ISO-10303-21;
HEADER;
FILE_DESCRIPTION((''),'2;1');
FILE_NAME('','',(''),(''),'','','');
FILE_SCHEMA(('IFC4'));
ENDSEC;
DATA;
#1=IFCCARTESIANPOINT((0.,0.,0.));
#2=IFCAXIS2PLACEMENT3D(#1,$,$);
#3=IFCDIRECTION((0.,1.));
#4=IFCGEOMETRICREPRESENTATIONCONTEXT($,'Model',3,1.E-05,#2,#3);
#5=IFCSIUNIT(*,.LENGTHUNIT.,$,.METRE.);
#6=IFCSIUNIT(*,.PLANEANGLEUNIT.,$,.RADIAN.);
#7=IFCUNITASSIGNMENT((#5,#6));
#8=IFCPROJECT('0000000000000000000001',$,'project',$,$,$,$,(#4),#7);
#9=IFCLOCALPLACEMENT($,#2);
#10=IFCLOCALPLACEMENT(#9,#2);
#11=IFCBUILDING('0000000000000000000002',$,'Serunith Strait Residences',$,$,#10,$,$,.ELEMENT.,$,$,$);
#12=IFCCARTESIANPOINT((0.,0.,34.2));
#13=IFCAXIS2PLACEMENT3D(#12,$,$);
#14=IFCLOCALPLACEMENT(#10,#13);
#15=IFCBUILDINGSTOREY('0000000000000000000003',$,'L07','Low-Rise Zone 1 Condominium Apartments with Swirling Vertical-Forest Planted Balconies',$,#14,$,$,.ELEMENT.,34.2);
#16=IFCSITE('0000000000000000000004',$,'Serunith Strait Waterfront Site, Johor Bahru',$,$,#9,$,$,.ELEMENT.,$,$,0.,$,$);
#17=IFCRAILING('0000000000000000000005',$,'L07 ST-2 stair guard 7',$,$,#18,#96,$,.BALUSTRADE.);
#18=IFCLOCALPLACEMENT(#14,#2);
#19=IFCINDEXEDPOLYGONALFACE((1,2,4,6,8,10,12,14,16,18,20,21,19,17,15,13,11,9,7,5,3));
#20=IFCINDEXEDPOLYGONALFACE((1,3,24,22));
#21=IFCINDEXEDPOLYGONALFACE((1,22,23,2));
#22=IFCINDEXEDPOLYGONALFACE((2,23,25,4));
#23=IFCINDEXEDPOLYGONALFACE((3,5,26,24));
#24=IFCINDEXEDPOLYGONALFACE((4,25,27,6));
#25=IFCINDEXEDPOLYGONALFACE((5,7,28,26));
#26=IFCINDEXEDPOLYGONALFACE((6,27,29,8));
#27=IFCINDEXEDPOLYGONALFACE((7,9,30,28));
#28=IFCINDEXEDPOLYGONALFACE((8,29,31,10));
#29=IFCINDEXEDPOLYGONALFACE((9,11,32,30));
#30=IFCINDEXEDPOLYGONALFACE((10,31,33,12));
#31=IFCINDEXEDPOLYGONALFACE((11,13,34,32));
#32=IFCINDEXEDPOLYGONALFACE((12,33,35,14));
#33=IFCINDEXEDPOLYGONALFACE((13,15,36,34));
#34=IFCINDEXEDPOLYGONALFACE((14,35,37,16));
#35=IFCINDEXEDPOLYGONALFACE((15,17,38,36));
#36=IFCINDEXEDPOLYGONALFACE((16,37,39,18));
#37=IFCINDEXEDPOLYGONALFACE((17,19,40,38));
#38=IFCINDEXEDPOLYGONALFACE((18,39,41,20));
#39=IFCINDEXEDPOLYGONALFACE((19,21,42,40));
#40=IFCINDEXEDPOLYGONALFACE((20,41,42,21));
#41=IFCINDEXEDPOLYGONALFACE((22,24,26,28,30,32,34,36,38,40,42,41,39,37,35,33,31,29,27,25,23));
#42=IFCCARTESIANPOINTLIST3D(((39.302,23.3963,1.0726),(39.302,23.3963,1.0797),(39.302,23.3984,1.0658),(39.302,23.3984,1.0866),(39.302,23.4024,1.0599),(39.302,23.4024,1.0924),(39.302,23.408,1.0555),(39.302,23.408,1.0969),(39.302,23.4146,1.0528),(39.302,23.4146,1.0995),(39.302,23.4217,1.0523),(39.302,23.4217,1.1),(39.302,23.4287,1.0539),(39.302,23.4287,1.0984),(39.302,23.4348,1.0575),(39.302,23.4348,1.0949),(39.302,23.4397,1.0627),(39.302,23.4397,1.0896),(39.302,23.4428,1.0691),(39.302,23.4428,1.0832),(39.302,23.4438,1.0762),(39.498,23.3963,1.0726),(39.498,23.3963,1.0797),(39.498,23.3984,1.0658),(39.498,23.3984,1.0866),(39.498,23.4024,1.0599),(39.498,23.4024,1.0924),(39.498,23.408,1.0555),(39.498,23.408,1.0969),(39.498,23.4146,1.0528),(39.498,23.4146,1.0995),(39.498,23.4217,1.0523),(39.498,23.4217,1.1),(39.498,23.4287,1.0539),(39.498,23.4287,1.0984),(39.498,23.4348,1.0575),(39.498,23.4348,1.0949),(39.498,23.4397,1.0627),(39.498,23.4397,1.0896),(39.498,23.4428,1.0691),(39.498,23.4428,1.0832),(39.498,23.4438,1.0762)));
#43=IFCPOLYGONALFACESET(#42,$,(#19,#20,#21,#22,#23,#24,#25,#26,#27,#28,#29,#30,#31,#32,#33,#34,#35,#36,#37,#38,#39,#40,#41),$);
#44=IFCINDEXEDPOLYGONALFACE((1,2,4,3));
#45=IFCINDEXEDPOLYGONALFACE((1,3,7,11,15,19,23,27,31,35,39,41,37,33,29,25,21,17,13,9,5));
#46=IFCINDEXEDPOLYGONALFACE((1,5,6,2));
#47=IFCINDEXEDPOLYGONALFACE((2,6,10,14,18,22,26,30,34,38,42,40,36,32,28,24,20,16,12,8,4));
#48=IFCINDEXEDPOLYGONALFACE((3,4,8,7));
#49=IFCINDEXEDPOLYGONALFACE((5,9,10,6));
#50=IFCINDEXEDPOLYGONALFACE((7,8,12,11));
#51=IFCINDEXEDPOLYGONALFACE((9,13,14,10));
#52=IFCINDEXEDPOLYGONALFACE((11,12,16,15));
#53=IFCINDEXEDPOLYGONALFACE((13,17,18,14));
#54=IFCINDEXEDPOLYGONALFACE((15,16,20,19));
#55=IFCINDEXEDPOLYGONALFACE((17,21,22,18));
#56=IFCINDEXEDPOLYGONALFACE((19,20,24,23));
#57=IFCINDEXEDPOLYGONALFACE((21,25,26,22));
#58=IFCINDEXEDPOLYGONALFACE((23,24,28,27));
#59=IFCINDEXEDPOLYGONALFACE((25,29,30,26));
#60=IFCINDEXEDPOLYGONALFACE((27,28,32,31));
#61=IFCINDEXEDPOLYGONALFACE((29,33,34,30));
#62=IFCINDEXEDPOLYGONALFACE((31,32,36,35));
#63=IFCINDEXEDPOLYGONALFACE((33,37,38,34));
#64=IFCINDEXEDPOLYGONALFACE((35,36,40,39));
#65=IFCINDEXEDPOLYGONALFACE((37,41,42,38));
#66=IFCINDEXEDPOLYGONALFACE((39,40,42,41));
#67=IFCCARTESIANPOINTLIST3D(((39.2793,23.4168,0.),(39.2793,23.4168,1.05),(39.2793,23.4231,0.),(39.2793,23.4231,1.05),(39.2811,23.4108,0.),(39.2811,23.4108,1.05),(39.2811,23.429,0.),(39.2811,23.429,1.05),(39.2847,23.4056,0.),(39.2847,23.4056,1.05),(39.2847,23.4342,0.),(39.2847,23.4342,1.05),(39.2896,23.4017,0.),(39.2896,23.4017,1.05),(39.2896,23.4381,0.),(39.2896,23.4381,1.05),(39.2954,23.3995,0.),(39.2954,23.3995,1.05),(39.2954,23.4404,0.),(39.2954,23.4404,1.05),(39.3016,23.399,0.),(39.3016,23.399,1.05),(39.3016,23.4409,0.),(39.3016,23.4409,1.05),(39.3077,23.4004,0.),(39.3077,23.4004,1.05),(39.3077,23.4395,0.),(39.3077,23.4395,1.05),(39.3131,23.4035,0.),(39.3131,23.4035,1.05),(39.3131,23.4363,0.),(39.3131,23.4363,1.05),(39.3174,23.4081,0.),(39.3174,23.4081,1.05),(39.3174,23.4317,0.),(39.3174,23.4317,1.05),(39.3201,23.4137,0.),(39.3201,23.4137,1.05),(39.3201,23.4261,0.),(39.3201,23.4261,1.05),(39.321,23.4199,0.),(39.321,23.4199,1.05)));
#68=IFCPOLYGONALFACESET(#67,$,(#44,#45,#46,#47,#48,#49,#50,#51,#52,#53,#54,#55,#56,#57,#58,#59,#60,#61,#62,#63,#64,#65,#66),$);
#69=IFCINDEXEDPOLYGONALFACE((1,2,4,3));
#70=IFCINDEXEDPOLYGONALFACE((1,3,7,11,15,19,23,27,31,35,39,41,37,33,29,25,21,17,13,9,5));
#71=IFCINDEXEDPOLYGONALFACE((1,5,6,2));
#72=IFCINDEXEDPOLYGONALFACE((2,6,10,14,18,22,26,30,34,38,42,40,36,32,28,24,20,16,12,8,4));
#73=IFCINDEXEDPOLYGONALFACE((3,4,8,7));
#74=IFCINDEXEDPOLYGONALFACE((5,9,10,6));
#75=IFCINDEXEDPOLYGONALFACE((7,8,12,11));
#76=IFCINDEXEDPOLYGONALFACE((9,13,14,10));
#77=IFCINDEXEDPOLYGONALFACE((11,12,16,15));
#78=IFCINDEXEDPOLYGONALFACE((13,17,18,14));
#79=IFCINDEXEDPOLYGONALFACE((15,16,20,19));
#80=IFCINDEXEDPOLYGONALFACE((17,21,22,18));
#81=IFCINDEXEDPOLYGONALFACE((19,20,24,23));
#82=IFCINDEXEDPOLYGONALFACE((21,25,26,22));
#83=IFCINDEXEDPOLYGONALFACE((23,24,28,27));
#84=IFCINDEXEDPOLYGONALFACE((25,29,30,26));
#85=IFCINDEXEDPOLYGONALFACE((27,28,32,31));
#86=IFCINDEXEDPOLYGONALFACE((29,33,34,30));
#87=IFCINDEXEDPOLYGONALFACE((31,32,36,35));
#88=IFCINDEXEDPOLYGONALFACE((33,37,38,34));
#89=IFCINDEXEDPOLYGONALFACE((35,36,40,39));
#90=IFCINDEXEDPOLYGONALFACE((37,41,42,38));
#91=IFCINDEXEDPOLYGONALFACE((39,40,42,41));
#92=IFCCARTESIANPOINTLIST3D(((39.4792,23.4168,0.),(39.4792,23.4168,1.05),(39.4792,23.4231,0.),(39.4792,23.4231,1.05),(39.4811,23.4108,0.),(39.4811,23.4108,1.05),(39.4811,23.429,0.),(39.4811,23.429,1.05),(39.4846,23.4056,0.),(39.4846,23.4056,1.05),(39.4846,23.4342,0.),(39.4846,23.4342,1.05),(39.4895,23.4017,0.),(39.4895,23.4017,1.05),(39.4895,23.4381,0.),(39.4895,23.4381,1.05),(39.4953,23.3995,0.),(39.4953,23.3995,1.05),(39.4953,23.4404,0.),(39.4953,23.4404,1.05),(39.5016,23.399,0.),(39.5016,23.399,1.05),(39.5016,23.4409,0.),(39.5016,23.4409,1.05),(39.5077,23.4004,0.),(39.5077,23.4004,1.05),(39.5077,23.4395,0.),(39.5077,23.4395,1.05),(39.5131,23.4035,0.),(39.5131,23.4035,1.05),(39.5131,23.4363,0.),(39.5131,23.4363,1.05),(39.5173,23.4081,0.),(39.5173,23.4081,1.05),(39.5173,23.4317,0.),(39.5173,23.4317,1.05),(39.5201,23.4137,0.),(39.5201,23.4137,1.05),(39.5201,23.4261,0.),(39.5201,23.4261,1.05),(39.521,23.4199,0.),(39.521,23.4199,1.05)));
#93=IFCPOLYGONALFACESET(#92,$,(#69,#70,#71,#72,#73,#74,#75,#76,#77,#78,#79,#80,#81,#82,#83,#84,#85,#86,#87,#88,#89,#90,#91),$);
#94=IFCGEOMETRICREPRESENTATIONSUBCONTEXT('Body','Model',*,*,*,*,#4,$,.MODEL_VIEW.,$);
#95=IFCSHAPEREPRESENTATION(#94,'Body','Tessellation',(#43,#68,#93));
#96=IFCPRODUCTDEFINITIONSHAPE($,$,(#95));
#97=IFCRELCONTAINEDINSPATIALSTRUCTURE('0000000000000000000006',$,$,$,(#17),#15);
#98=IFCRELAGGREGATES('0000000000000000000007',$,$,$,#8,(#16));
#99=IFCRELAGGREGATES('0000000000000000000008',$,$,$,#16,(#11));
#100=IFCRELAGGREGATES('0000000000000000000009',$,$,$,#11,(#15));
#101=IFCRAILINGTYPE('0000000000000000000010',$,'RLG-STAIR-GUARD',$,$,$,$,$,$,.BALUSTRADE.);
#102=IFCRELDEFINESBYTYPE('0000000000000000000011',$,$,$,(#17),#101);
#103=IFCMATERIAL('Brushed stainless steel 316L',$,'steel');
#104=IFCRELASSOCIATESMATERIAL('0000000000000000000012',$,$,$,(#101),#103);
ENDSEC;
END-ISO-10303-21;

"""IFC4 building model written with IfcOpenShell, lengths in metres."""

from ifc_helpers import new_model, si_unit, direction, frame, origin, origin_2d, place, context, subcontext, project, spatial, circle, extrude, material, type_object, element, save


model = new_model("IFC4")

# Units and contexts
model_context = context("Model", 3, precision=1e-05, world=origin(), true_north=direction((0.0, 1.0)))
body_context = subcontext(model_context, "Body", "Model", "MODEL_VIEW")
ifc_project = project(units=[si_unit("LENGTHUNIT", "METRE"), si_unit("PLANEANGLEUNIT", "RADIAN")], contexts=[model_context])

# Site, building, storey
site_placement = place(None, origin())
site = spatial("IfcSite", under=ifc_project, at=site_placement, Name="Serunith Strait Waterfront Site, Johor Bahru", CompositionType="ELEMENT", RefElevation=0.0)
building_placement = place(site_placement, origin())
building = spatial("IfcBuilding", under=site, at=building_placement, Name="Serunith Strait Residences", CompositionType="ELEMENT")
storey_placement = place(building_placement, frame((0.0, 0.0, 34.2)))
storey = spatial("IfcBuildingStorey", under=building, at=storey_placement, Name="L07", Description="Low-Rise Zone 1 Condominium Apartments with Swirling Vertical-Forest Planted Balconies", CompositionType="ELEMENT", Elevation=34.2)

# Railing
ifc_material_1 = material(Name="Brushed stainless steel 316L", Category="steel")
railing_type_1 = type_object("IfcRailingType", Name="RLG-STAIR-GUARD", PredefinedType="BALUSTRADE", material=ifc_material_1)
railing_1_placement = place(storey_placement, frame((39.3, 23.4199, 0.0)))
element("IfcRailing", 1, at=railing_1_placement, inside=storey, type_object=railing_type_1, Name="L07 ST-2 stair guard 7", PredefinedType="BALUSTRADE", context=body_context, shape_type="SweptSolid", body=[
    extrude(circle(Radius=0.0239, at=origin_2d()), frame((0.002, 0.0, 1.0762), z_axis=(1.0, 0.0, 0.0), x_axis=(0.0, 1.0, 0.0)), (0.0, 0.0, 1.0), 0.196),
    extrude(circle(Radius=0.021, at=origin_2d()), origin(), (0.0, 0.0, 1.0), 1.05),
    extrude(circle(Radius=0.021, at=origin_2d()), frame((0.2, 0.0, 0.0)), (0.0, 0.0, 1.0), 1.05),
])

save(model, "model.ifc")
